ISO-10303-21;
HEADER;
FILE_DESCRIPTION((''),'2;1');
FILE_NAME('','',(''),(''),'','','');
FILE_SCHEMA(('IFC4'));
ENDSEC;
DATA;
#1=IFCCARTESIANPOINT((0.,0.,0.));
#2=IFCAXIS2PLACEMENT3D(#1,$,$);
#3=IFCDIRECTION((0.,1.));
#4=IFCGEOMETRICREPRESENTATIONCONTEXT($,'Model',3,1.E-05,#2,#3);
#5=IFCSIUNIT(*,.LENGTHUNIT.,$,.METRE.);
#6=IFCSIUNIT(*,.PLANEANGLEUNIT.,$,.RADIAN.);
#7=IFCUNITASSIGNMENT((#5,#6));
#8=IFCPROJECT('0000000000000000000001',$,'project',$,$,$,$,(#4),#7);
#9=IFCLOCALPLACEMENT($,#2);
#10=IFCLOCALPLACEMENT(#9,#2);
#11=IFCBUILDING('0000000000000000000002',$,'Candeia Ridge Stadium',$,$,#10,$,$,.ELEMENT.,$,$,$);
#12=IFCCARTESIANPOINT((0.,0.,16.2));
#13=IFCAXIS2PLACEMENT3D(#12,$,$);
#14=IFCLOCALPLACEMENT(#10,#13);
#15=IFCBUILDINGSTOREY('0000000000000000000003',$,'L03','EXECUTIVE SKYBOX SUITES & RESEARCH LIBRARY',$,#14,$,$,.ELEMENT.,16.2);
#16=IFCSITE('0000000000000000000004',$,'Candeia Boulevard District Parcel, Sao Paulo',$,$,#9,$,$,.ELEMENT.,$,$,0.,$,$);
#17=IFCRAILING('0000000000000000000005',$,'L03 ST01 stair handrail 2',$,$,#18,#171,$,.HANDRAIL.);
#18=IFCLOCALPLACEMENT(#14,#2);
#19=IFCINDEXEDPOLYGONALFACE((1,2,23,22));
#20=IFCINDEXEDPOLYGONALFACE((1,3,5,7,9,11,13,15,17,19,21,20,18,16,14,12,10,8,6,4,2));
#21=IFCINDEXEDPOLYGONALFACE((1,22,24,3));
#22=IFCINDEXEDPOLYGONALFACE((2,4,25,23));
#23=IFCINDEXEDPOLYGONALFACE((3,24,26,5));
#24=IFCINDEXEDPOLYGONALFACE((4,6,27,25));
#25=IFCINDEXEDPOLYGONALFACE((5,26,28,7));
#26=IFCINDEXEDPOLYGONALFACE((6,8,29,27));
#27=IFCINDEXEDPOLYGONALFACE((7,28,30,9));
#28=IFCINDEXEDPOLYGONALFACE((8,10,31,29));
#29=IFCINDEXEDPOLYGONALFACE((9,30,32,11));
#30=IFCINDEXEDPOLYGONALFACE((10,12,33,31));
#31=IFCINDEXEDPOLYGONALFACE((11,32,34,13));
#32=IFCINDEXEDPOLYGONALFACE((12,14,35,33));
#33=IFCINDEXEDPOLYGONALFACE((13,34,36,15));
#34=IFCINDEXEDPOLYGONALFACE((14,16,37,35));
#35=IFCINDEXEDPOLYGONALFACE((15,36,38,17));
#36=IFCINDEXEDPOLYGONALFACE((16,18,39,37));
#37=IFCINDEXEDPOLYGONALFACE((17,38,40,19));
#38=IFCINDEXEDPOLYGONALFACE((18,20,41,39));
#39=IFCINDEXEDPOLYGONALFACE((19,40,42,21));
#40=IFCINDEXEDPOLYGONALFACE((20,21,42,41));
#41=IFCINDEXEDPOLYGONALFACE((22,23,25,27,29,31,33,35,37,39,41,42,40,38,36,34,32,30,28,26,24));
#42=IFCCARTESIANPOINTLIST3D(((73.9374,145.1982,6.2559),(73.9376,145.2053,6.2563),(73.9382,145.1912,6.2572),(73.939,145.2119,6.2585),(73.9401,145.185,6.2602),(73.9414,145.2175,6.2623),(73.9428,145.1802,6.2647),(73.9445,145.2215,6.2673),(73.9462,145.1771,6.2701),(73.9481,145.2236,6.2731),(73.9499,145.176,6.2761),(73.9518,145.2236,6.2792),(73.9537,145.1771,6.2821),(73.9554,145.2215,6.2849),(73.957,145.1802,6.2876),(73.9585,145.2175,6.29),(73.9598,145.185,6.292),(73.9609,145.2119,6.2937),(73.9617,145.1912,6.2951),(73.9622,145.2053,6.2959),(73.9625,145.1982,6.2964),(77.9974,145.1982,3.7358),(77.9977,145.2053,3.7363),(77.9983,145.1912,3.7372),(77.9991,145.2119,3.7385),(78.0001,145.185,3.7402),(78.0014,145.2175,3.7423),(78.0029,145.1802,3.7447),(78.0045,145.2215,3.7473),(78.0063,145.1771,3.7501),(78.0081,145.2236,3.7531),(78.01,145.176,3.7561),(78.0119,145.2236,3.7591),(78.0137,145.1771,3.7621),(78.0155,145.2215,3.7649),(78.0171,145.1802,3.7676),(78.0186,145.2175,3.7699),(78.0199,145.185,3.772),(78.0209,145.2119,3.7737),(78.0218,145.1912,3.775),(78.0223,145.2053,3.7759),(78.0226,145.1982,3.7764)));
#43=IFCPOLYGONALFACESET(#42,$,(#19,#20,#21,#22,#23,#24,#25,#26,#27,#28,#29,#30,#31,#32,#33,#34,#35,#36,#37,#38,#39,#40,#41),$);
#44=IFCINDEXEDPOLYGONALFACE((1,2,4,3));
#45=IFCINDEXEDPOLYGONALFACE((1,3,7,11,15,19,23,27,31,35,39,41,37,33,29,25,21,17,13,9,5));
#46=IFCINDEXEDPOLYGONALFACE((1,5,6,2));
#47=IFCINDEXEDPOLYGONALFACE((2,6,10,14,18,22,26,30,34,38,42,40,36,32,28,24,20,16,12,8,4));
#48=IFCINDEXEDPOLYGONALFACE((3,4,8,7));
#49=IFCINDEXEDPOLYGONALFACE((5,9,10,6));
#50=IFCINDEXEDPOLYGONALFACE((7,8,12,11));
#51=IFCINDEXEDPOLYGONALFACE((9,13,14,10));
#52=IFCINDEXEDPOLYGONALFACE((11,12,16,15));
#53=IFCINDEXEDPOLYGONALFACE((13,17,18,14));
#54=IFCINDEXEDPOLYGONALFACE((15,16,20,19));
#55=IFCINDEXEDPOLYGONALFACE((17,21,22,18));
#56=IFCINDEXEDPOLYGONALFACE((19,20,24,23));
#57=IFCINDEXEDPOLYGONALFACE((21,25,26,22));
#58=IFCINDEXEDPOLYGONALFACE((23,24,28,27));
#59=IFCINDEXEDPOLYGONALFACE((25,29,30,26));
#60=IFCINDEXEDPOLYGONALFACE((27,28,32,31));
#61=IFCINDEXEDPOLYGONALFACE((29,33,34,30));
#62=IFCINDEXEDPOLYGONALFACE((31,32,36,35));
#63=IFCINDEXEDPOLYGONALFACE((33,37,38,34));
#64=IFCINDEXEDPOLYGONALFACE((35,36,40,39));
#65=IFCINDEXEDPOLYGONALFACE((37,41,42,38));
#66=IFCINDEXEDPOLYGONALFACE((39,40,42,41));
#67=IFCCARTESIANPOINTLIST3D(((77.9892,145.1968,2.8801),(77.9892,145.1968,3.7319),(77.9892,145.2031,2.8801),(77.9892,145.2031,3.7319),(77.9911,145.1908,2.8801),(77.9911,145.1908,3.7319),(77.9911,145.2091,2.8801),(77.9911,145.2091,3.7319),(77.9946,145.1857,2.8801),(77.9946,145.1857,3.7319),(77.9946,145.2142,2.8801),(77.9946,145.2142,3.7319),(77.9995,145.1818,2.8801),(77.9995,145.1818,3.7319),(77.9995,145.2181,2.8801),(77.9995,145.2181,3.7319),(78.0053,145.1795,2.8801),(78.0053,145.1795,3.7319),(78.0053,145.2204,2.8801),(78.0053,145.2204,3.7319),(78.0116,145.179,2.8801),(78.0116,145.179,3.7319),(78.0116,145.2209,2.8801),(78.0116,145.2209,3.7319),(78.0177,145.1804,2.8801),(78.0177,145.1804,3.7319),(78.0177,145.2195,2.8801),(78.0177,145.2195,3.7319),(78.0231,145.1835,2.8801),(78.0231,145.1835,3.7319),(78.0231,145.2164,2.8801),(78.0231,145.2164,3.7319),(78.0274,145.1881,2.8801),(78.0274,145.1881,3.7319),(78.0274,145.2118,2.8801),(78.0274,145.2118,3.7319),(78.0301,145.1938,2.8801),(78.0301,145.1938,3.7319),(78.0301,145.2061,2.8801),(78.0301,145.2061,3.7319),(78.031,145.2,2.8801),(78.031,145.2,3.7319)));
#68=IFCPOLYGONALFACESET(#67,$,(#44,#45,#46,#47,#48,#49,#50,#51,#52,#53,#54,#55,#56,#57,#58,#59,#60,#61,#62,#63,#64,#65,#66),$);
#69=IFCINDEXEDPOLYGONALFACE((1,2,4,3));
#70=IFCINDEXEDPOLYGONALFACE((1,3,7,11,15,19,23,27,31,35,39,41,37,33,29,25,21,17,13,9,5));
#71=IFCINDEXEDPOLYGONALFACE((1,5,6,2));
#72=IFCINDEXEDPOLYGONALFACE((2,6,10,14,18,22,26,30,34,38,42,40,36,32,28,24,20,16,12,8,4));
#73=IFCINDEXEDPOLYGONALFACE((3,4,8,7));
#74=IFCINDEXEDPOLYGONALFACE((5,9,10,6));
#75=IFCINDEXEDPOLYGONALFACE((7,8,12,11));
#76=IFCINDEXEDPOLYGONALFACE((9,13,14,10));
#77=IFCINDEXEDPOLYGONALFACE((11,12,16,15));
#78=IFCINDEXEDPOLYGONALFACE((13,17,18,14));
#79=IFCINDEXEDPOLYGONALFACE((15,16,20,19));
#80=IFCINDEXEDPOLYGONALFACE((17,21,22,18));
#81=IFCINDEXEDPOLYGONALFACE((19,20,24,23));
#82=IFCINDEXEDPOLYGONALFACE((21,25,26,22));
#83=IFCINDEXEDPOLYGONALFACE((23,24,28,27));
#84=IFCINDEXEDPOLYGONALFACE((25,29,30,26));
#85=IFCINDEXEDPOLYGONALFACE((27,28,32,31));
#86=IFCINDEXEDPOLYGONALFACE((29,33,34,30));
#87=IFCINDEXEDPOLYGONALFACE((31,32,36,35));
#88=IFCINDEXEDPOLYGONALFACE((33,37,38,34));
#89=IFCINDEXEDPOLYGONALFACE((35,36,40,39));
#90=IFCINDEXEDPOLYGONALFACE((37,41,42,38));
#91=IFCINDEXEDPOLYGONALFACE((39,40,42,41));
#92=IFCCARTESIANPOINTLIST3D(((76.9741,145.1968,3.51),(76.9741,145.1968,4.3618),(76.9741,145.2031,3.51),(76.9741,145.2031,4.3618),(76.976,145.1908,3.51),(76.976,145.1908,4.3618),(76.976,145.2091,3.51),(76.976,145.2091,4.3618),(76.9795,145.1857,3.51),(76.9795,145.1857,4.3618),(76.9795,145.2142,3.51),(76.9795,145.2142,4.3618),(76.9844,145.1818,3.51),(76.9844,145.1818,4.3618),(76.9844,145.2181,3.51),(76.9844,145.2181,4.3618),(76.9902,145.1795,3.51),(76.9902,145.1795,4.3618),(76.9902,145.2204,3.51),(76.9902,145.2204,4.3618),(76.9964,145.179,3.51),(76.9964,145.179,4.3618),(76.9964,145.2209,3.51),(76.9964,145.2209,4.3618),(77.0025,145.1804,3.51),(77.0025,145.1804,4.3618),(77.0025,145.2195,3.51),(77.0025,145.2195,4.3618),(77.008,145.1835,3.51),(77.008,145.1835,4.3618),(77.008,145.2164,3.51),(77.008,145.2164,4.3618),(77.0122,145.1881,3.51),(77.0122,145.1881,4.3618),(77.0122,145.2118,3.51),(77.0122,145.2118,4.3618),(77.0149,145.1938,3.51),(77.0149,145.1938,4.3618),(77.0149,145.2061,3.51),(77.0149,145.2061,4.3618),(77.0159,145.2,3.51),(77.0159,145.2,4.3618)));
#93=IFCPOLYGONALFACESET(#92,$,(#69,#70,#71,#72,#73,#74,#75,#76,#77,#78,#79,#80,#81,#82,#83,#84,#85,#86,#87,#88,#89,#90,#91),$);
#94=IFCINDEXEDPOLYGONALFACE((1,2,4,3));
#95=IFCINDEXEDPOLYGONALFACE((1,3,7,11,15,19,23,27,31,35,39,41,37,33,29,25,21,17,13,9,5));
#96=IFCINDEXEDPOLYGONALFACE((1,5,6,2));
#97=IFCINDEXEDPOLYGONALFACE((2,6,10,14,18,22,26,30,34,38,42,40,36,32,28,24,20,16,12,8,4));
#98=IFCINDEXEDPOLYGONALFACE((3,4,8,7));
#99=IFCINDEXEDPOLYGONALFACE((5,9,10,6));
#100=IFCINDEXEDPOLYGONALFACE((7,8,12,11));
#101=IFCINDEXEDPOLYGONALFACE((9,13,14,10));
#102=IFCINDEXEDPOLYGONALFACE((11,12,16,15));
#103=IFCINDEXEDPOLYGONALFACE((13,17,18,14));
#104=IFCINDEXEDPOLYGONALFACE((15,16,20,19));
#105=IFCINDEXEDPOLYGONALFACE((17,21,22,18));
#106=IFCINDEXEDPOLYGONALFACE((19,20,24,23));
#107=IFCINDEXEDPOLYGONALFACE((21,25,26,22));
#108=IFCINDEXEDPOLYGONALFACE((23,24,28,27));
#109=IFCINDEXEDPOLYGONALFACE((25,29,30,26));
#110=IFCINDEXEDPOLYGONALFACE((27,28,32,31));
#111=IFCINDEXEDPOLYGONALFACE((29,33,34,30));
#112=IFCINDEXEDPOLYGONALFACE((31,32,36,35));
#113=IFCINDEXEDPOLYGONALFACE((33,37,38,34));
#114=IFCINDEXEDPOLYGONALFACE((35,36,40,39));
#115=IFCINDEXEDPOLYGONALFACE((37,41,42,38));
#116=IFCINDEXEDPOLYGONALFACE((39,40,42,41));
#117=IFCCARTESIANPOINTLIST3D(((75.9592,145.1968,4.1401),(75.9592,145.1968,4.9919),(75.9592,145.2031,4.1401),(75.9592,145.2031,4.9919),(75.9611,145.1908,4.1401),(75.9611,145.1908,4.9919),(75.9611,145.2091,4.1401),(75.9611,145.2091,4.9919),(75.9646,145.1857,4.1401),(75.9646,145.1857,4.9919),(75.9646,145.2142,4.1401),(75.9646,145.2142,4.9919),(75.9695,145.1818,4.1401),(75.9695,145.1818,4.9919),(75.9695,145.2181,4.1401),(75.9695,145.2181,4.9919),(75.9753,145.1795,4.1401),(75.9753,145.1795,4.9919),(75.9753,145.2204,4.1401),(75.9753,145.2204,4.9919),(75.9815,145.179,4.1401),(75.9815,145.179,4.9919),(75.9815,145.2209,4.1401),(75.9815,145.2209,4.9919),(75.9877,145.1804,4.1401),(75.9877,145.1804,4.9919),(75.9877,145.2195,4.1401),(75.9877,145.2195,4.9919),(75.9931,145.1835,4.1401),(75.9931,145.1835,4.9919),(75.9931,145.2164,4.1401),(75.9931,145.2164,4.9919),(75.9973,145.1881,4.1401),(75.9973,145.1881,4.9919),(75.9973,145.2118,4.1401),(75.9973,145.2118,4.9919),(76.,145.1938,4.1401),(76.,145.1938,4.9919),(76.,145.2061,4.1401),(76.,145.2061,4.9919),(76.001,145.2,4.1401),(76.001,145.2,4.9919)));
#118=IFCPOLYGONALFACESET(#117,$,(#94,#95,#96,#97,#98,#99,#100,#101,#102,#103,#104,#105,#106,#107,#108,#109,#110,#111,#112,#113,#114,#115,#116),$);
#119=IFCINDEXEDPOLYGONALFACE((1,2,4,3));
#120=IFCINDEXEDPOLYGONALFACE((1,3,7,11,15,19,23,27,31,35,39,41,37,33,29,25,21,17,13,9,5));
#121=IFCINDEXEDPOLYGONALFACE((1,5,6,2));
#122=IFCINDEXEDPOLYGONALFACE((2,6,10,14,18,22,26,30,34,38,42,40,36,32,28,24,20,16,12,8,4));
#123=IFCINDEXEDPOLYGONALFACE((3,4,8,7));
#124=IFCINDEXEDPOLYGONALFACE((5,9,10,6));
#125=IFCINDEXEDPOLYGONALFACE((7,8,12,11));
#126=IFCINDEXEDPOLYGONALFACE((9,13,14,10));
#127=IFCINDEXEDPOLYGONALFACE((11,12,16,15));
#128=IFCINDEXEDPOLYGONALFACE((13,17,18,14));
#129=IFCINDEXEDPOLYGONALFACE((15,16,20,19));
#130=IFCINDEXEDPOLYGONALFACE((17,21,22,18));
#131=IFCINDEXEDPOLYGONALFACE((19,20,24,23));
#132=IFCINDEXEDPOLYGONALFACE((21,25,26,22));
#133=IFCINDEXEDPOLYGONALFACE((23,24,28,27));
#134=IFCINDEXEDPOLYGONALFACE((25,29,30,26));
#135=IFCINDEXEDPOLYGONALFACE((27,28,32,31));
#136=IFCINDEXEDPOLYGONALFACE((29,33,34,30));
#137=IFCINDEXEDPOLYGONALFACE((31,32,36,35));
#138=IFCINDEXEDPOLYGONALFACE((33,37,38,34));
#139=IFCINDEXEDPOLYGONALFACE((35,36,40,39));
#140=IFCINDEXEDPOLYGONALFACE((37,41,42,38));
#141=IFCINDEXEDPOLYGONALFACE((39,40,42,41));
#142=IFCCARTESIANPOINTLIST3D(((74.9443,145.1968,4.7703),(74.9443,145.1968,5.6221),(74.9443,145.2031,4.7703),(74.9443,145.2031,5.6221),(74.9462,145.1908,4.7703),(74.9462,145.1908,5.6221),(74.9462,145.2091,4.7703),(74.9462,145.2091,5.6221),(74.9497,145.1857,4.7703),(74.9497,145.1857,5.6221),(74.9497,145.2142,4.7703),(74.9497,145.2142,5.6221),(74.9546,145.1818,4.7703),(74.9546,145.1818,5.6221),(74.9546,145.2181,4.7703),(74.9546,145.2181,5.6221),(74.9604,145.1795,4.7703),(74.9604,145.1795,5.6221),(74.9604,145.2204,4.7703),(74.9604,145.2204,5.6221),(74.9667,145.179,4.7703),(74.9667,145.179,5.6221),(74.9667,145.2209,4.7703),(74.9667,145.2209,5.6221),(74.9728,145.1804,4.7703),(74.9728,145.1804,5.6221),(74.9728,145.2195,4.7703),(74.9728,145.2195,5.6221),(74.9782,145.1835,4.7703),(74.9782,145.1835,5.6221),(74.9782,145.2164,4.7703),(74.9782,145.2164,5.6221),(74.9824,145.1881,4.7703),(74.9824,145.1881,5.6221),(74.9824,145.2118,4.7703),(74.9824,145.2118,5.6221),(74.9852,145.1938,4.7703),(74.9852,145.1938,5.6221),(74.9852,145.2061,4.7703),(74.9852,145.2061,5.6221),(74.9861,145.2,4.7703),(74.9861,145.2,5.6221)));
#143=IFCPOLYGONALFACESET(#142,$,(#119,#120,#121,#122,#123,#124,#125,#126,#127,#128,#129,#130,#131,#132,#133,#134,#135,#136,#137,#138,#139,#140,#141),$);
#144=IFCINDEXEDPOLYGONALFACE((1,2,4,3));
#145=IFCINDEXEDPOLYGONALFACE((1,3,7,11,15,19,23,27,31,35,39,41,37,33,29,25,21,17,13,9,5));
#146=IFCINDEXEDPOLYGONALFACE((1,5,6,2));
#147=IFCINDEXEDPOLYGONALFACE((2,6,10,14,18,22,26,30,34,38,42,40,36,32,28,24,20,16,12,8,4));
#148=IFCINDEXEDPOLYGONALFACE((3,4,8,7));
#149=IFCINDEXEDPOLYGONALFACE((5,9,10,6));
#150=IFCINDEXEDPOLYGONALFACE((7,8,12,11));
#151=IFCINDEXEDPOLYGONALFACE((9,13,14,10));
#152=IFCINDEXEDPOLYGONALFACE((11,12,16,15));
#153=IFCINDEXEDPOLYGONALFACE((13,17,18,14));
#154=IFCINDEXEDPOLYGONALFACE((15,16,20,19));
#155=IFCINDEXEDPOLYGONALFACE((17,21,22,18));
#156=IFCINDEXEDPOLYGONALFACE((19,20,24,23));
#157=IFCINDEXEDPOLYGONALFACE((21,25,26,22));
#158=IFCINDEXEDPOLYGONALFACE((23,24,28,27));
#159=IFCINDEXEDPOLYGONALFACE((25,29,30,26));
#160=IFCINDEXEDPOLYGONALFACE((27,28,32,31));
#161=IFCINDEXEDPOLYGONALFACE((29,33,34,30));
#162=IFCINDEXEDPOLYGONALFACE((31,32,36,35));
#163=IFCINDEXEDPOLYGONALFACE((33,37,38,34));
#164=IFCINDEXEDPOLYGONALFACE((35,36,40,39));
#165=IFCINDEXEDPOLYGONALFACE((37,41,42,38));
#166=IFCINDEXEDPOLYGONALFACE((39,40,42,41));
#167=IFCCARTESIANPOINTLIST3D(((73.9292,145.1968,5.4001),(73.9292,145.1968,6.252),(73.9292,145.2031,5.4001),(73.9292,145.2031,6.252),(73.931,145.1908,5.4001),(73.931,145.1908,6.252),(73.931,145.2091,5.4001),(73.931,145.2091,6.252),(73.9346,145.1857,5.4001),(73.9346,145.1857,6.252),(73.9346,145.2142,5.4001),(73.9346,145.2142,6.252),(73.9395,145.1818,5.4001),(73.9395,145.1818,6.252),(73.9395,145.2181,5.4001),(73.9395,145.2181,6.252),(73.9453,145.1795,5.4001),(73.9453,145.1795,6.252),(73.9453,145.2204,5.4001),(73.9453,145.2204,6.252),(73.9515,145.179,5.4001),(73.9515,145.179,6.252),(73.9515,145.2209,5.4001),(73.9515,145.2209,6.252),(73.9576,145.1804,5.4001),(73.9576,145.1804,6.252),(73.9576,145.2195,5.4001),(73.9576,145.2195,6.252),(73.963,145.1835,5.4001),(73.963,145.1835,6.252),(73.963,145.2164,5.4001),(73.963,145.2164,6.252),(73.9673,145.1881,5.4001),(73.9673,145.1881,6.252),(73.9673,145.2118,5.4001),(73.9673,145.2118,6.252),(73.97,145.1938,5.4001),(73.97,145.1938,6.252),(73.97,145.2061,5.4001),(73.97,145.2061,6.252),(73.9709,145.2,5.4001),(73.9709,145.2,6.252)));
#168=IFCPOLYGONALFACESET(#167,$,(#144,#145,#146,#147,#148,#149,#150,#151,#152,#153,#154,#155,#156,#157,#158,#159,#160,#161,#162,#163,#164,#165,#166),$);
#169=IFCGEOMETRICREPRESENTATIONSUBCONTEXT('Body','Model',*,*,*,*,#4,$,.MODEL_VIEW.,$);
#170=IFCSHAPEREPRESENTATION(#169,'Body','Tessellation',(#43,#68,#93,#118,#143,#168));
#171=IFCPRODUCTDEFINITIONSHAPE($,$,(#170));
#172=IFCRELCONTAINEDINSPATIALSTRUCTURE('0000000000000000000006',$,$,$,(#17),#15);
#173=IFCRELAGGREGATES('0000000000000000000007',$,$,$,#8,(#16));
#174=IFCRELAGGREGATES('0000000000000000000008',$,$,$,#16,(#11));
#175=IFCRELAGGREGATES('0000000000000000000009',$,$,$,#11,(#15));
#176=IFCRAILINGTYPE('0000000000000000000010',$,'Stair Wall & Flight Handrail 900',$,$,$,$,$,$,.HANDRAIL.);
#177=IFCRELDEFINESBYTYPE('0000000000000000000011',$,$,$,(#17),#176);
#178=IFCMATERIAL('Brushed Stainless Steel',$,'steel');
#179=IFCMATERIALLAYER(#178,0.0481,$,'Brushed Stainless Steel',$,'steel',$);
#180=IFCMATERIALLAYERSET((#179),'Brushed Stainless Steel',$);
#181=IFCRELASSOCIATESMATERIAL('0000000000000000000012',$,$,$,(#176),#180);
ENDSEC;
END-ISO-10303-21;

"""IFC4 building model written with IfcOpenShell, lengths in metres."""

from ifc_helpers import new_model, si_unit, direction, frame, origin, origin_2d, place, context, subcontext, project, spatial, circle, extrude, material, layer, layer_set, type_object, element, save


model = new_model("IFC4")

# Units and contexts
model_context = context("Model", 3, precision=1e-05, world=origin(), true_north=direction((0.0, 1.0)))
body_context = subcontext(model_context, "Body", "Model", "MODEL_VIEW")
ifc_project = project(units=[si_unit("LENGTHUNIT", "METRE"), si_unit("PLANEANGLEUNIT", "RADIAN")], contexts=[model_context])

# Site, building, storey
site_placement = place(None, origin())
site = spatial("IfcSite", under=ifc_project, at=site_placement, Name="Candeia Boulevard District Parcel, Sao Paulo", CompositionType="ELEMENT", RefElevation=0.0)
building_placement = place(site_placement, origin())
building = spatial("IfcBuilding", under=site, at=building_placement, Name="Candeia Ridge Stadium", CompositionType="ELEMENT")
storey_placement = place(building_placement, frame((0.0, 0.0, 16.2)))
storey = spatial("IfcBuildingStorey", under=building, at=storey_placement, Name="L03", Description="EXECUTIVE SKYBOX SUITES & RESEARCH LIBRARY", CompositionType="ELEMENT", Elevation=16.2)

# Railing
ifc_material_1 = material(Name="Brushed Stainless Steel", Category="steel")
ifc_layer_1 = layer(ifc_material_1, 0.0481, Name="Brushed Stainless Steel", Category="steel")
ifc_layer_set_1 = layer_set([ifc_layer_1], Name="Brushed Stainless Steel")
railing_type_1 = type_object("IfcRailingType", Name="Stair Wall & Flight Handrail 900", PredefinedType="HANDRAIL", material=ifc_layer_set_1)
railing_1_placement = place(storey_placement, frame((78.01, 145.2, 2.8801)))
element("IfcRailing", 1, at=railing_1_placement, inside=storey, type_object=railing_type_1, Name="L03 ST01 stair handrail 2", PredefinedType="HANDRAIL", context=body_context, shape_type="SweptSolid", body=[
    extrude(circle(Radius=0.0239, at=origin_2d()), frame((0.0, 0.0, 0.876), z_axis=(-0.849642, 0.0, 0.52736), x_axis=(0.0, -1.0, 0.0)), (0.0, 0.0, 1.0), 4.7786),
    extrude(circle(Radius=0.021, at=origin_2d()), origin(), (0.0, 0.0, 1.0), 0.8518),
    extrude(circle(Radius=0.021, at=origin_2d()), frame((-1.0151, 0.0, 0.6299)), (0.0, 0.0, 1.0), 0.8518),
    extrude(circle(Radius=0.021, at=origin_2d()), frame((-2.03, 0.0, 1.26)), (0.0, 0.0, 1.0), 0.8518),
    extrude(circle(Radius=0.021, at=origin_2d()), frame((-3.0449, 0.0, 1.8901)), (0.0, 0.0, 1.0), 0.8518),
    extrude(circle(Radius=0.021, at=origin_2d()), frame((-4.0601, 0.0, 2.52)), (0.0, 0.0, 1.0), 0.8518),
])

save(model, "model.ifc")
